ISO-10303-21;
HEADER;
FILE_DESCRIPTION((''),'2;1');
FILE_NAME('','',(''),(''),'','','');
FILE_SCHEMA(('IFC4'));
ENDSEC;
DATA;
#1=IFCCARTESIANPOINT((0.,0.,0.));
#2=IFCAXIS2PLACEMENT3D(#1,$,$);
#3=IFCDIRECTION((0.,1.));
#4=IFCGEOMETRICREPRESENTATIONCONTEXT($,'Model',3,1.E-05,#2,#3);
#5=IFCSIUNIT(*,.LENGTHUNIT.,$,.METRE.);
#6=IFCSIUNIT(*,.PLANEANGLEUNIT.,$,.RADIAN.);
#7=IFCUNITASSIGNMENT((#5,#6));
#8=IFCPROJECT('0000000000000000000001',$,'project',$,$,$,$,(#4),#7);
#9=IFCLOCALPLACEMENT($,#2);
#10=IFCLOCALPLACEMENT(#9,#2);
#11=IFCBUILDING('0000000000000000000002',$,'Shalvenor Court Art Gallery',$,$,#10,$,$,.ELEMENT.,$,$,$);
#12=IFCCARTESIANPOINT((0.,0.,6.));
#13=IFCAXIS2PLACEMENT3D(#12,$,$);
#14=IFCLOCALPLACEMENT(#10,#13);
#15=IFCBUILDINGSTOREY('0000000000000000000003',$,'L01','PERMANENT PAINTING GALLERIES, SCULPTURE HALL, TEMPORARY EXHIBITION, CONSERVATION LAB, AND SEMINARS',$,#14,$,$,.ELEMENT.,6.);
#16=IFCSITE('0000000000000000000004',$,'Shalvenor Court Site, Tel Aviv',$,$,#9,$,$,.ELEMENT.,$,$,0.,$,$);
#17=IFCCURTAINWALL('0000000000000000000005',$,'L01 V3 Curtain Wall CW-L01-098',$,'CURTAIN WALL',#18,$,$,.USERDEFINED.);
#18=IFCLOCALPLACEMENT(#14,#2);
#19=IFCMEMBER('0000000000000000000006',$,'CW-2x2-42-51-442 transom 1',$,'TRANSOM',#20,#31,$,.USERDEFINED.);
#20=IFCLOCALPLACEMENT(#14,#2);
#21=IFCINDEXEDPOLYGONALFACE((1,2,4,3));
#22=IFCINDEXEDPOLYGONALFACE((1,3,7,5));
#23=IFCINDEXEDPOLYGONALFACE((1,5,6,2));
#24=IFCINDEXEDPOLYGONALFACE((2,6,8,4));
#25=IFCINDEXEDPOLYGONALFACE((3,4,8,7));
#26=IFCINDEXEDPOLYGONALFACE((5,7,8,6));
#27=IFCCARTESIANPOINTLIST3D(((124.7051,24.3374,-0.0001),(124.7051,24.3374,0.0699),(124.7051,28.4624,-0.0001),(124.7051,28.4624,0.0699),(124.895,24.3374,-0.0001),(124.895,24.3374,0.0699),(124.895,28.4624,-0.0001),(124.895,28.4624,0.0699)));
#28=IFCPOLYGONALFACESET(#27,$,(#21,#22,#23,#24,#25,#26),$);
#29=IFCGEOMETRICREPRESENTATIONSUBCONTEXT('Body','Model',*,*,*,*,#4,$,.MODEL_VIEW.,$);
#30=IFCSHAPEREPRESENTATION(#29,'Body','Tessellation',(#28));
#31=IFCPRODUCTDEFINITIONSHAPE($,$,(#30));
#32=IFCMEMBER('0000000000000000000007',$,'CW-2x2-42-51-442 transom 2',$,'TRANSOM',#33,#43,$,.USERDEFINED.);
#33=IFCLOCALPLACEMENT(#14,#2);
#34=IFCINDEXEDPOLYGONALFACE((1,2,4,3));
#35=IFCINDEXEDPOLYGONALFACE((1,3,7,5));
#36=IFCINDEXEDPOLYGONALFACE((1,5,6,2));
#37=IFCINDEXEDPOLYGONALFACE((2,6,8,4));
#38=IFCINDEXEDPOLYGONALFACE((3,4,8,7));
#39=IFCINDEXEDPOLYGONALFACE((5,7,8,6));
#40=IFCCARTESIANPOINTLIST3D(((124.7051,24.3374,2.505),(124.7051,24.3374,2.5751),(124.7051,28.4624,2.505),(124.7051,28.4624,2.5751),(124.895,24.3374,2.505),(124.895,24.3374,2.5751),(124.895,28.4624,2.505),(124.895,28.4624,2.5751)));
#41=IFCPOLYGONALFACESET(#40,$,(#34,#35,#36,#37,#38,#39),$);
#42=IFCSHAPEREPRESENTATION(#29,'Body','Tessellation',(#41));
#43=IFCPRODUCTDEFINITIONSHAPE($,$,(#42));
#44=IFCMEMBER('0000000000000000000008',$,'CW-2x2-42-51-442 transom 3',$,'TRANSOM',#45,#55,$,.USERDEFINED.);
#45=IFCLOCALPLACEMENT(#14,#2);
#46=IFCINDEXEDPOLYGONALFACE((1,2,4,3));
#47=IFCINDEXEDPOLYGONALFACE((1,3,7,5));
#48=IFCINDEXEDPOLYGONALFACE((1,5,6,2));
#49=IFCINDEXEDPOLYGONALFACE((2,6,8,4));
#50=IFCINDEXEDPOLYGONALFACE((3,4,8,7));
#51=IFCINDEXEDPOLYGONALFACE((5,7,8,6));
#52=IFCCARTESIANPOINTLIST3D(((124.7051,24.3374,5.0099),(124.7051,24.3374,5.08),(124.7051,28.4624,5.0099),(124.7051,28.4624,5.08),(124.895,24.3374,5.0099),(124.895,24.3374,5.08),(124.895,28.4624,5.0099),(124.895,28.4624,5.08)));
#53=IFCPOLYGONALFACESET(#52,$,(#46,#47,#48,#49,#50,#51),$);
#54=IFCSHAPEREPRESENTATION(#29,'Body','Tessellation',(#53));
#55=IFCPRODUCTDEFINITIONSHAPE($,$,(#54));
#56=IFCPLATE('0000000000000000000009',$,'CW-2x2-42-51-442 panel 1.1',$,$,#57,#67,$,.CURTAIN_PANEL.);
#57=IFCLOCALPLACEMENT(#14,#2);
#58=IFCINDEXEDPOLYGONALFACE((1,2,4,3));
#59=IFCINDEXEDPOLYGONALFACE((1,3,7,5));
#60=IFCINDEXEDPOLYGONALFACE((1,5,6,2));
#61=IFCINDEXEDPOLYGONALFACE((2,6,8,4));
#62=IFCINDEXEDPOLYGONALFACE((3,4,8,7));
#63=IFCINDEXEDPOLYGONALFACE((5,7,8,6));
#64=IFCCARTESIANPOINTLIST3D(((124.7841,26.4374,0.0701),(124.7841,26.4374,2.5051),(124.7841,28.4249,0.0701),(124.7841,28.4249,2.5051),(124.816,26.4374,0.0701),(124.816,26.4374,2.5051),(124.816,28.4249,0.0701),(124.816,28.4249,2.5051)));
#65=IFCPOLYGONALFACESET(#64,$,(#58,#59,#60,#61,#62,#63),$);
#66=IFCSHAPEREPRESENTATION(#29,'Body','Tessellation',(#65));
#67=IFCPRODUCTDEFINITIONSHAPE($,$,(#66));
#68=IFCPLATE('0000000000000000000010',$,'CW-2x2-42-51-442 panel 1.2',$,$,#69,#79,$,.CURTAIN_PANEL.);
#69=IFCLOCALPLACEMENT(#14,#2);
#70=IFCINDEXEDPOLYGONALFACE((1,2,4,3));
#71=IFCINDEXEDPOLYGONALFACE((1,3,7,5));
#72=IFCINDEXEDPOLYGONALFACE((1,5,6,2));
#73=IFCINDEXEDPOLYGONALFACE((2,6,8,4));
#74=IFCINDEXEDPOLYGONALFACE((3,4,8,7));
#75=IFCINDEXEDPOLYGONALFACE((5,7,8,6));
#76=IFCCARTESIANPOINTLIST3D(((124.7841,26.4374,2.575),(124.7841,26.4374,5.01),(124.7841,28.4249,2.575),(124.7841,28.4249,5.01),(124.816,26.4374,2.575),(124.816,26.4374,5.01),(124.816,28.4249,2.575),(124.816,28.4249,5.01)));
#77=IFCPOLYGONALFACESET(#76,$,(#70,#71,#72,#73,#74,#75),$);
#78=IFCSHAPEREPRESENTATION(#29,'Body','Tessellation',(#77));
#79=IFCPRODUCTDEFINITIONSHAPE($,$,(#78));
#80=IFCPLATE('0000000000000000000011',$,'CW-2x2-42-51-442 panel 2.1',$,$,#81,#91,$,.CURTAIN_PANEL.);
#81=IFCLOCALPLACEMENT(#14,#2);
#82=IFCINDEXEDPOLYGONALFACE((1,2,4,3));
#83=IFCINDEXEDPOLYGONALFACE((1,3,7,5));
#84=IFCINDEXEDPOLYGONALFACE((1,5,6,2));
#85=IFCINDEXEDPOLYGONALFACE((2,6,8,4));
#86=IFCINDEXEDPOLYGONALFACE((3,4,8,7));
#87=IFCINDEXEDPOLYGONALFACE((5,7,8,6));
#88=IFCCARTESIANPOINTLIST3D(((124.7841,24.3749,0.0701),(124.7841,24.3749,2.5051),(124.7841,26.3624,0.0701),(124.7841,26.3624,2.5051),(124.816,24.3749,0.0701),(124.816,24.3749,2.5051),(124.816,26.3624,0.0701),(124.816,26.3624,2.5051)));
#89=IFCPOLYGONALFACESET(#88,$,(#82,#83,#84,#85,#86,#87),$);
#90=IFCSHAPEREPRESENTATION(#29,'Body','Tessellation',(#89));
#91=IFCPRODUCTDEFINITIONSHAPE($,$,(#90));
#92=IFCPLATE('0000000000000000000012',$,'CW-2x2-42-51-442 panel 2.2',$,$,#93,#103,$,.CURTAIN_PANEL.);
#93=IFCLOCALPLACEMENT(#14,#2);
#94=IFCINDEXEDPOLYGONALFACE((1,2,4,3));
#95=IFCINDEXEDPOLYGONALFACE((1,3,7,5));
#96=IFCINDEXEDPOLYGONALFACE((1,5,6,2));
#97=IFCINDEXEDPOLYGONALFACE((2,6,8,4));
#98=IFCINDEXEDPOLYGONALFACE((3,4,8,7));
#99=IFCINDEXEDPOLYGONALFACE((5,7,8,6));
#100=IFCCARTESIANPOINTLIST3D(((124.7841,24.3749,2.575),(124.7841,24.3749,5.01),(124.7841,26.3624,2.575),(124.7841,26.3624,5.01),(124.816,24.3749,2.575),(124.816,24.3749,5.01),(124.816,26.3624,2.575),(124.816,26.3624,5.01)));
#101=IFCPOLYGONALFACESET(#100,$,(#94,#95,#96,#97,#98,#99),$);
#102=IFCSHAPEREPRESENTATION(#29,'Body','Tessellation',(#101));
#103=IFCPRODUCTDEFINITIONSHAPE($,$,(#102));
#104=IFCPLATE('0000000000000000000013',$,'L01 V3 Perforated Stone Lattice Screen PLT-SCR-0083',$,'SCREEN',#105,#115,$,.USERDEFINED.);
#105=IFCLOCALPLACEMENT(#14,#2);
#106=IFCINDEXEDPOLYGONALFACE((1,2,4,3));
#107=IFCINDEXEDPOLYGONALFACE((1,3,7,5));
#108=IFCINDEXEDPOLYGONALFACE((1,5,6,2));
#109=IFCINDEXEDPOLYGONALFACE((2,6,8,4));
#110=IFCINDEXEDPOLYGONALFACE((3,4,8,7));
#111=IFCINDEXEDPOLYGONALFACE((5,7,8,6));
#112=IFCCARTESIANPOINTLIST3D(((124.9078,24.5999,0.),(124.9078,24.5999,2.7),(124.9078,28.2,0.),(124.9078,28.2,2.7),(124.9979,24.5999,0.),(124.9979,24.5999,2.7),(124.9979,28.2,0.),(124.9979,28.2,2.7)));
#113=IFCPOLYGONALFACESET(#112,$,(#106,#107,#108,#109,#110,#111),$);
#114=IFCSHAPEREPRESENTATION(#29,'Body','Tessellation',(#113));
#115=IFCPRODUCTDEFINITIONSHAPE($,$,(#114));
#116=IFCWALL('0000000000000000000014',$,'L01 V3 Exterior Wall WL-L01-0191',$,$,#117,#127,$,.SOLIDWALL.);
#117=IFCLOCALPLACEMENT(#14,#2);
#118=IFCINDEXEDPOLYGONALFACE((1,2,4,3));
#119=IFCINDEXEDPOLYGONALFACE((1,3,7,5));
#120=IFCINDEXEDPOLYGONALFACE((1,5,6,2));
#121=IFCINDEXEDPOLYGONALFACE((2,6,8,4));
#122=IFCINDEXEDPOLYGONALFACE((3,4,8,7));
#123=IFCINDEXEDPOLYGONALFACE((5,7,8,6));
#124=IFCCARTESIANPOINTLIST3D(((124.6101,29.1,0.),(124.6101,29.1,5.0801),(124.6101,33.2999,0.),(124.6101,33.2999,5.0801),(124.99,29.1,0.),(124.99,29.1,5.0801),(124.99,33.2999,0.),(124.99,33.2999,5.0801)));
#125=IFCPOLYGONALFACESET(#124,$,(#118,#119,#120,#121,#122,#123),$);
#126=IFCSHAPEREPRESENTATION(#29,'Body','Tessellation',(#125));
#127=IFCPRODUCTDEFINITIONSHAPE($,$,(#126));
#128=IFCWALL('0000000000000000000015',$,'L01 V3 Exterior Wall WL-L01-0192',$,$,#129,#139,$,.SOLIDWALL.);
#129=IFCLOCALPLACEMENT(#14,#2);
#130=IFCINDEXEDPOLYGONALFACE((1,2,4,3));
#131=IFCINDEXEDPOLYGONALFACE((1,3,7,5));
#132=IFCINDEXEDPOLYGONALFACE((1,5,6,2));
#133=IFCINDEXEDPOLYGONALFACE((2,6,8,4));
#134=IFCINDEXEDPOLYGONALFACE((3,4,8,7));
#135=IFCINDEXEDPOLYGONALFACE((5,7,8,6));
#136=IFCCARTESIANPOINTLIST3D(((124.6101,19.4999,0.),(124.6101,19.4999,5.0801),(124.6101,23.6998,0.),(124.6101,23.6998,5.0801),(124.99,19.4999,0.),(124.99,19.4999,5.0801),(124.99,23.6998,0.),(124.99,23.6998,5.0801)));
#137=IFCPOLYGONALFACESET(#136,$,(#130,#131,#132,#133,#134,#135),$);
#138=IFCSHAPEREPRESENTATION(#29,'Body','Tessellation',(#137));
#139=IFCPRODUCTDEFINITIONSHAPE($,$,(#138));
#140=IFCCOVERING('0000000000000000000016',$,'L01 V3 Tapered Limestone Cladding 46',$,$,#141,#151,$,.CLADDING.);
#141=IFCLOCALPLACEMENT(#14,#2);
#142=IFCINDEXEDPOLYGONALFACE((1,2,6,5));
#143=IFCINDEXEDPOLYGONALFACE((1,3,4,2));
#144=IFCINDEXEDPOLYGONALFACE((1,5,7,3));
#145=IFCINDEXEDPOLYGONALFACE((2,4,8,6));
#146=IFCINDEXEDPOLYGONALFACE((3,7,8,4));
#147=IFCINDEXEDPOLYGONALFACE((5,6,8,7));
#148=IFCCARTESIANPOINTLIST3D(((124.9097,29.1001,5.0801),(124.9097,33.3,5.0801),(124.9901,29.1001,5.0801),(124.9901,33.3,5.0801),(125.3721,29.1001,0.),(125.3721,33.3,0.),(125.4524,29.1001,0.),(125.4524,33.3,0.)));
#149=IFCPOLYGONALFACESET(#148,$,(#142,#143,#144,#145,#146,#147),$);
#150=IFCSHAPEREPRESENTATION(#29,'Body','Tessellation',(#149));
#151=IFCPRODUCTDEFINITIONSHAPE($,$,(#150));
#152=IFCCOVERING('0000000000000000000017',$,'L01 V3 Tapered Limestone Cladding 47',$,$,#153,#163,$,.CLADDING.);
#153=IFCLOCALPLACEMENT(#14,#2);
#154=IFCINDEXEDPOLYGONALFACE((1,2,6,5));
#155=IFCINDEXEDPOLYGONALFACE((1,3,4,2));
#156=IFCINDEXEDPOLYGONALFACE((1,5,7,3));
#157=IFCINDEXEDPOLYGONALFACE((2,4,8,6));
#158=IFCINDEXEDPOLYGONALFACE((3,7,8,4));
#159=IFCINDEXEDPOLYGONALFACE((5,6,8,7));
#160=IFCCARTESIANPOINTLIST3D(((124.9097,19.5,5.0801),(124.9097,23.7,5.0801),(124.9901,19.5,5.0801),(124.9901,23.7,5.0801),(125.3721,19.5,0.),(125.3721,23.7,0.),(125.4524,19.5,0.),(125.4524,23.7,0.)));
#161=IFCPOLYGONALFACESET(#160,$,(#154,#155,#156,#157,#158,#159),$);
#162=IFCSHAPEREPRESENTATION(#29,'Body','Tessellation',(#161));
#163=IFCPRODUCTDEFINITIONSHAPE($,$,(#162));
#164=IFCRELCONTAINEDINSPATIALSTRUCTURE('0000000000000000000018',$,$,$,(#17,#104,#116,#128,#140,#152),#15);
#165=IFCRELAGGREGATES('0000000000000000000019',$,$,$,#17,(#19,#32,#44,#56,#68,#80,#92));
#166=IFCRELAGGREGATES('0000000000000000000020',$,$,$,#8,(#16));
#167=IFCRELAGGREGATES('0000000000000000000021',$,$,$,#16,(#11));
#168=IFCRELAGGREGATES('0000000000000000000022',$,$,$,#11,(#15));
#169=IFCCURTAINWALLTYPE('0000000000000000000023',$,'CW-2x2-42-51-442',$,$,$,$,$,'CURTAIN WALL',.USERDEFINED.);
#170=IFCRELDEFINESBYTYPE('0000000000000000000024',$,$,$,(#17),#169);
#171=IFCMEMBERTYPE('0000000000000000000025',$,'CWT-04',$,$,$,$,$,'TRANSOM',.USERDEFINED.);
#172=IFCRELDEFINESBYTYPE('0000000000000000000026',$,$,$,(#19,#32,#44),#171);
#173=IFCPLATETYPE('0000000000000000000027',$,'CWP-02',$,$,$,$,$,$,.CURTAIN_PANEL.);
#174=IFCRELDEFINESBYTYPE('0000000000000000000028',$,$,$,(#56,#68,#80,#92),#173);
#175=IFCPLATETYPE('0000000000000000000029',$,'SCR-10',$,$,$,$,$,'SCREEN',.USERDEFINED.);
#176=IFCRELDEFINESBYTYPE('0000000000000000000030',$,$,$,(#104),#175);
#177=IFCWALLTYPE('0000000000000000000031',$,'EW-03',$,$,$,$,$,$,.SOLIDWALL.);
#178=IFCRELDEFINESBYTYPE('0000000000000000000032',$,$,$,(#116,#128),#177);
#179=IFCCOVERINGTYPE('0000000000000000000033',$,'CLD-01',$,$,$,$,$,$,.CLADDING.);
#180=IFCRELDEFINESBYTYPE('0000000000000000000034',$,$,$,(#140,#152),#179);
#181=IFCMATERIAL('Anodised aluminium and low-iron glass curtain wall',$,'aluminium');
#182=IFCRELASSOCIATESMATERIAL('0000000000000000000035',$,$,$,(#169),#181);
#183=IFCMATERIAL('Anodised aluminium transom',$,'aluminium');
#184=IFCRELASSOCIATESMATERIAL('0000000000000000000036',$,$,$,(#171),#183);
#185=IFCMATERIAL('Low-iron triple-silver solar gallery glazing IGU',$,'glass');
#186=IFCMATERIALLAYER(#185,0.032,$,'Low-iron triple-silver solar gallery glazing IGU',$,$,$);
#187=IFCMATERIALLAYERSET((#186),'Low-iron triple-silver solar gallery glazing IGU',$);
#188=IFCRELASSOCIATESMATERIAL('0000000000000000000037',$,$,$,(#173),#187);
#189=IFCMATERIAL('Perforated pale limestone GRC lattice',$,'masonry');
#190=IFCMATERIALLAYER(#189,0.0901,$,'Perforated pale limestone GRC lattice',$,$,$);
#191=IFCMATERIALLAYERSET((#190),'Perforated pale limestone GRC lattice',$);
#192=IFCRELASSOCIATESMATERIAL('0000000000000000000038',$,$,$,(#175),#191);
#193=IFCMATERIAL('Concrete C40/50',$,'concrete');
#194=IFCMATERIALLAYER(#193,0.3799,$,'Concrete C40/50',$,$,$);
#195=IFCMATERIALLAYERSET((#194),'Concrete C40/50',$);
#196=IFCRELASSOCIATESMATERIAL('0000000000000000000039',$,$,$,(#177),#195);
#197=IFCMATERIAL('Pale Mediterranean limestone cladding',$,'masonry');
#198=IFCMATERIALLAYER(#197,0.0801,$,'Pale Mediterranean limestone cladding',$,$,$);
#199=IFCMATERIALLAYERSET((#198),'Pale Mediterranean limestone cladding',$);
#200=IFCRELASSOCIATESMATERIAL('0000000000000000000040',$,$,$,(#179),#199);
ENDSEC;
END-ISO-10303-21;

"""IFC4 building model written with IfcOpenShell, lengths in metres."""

from ifc_helpers import new_model, si_unit, direction, frame, frame_2d, origin, origin_2d, place, context, subcontext, project, spatial, polyline, rectangle, outline, extrude, material, layer, layer_set, material_profile, profile_set, type_object, element, aggregate, save


model = new_model("IFC4")

# Units and contexts
model_context = context("Model", 3, precision=1e-05, world=origin(), true_north=direction((0.0, 1.0)))
body_context = subcontext(model_context, "Body", "Model", "MODEL_VIEW")
ifc_project = project(units=[si_unit("LENGTHUNIT", "METRE"), si_unit("PLANEANGLEUNIT", "RADIAN")], contexts=[model_context])

# Site, building, storey
site_placement = place(None, origin())
site = spatial("IfcSite", under=ifc_project, at=site_placement, Name="Shalvenor Court Site, Tel Aviv", CompositionType="ELEMENT", RefElevation=0.0)
building_placement = place(site_placement, origin())
building = spatial("IfcBuilding", under=site, at=building_placement, Name="Shalvenor Court Art Gallery", CompositionType="ELEMENT")
storey_placement = place(building_placement, frame((0.0, 0.0, 6.0)))
storey = spatial("IfcBuildingStorey", under=building, at=storey_placement, Name="L01", Description="PERMANENT PAINTING GALLERIES, SCULPTURE HALL, TEMPORARY EXHIBITION, CONSERVATION LAB, AND SEMINARS", CompositionType="ELEMENT", Elevation=6.0)

# Curtain wall
ifc_material_1 = material(Name="Anodised aluminium and low-iron glass curtain wall", Category="aluminium")
curtain_wall_type_1 = type_object("IfcCurtainWallType", Name="CW-2x2-42-51-442", ElementType="CURTAIN WALL", PredefinedType="USERDEFINED", material=ifc_material_1)
curtain_wall_1_placement = place(storey_placement, origin())
curtain_wall_1 = element("IfcCurtainWall", 1, at=curtain_wall_1_placement, inside=storey, type_object=curtain_wall_type_1, Name="L01 V3 Curtain Wall CW-L01-098", ObjectType="CURTAIN WALL", PredefinedType="USERDEFINED")

# Members
ifc_material_2 = material(Name="Anodised aluminium transom", Category="aluminium")
ifc_material_profile_1 = material_profile(ifc_material_2, rectangle(XDim=0.1899, YDim=0.0701, at=origin_2d()), Name="CWT-04")
ifc_profile_set_1 = profile_set([ifc_material_profile_1], Name="Anodised aluminium transom")
member_type_1 = type_object("IfcMemberType", Name="CWT-04", ElementType="TRANSOM", PredefinedType="USERDEFINED", material=ifc_profile_set_1)
member_1_placement = place(storey_placement, frame((124.8, 28.4624, 0.0349), z_axis=(0.0, -1.0, 0.0), x_axis=(1.0, 0.0, 0.0)))
member_1 = element("IfcMember", 2, at=member_1_placement, type_object=member_type_1, Name="CW-2x2-42-51-442 transom 1", ObjectType="TRANSOM", PredefinedType="USERDEFINED", context=body_context, shape_type="SweptSolid", body=[
    extrude(rectangle(XDim=0.1899, YDim=0.0701, at=origin_2d()), origin(), (0.0, 0.0, 1.0), 4.125),
])
member_2_placement = place(storey_placement, frame((124.8, 28.4624, 2.54), z_axis=(0.0, -1.0, 0.0), x_axis=(1.0, 0.0, 0.0)))
member_2 = element("IfcMember", 3, at=member_2_placement, type_object=member_type_1, Name="CW-2x2-42-51-442 transom 2", ObjectType="TRANSOM", PredefinedType="USERDEFINED", context=body_context, shape_type="SweptSolid", body=[
    extrude(rectangle(XDim=0.1899, YDim=0.0701, at=origin_2d()), origin(), (0.0, 0.0, 1.0), 4.125),
])
member_3_placement = place(storey_placement, frame((124.8, 28.4624, 5.0449), z_axis=(0.0, -1.0, 0.0), x_axis=(1.0, 0.0, 0.0)))
member_3 = element("IfcMember", 4, at=member_3_placement, type_object=member_type_1, Name="CW-2x2-42-51-442 transom 3", ObjectType="TRANSOM", PredefinedType="USERDEFINED", context=body_context, shape_type="SweptSolid", body=[
    extrude(rectangle(XDim=0.1899, YDim=0.0701, at=origin_2d()), origin(), (0.0, 0.0, 1.0), 4.125),
])

# Plates
ifc_material_3 = material(Name="Low-iron triple-silver solar gallery glazing IGU", Category="glass")
ifc_layer_1 = layer(ifc_material_3, 0.032, Name="Low-iron triple-silver solar gallery glazing IGU")
ifc_layer_set_1 = layer_set([ifc_layer_1], Name="Low-iron triple-silver solar gallery glazing IGU")
plate_type_1 = type_object("IfcPlateType", Name="CWP-02", PredefinedType="CURTAIN_PANEL", material=ifc_layer_set_1)
plate_1_placement = place(storey_placement, frame((124.8, 27.4312, 0.0701), z_axis=(0.0, 0.0, 1.0), x_axis=(0.0, -1.0, 0.0)))
plate_1 = element("IfcPlate", 5, at=plate_1_placement, type_object=plate_type_1, Name="CW-2x2-42-51-442 panel 1.1", PredefinedType="CURTAIN_PANEL", context=body_context, shape_type="SweptSolid", body=[
    extrude(rectangle(XDim=1.9875, YDim=0.032, at=origin_2d()), origin(), (0.0, 0.0, 1.0), 2.4351),
])
plate_2_placement = place(storey_placement, frame((124.8, 27.4312, 2.575), z_axis=(0.0, 0.0, 1.0), x_axis=(0.0, -1.0, 0.0)))
plate_2 = element("IfcPlate", 6, at=plate_2_placement, type_object=plate_type_1, Name="CW-2x2-42-51-442 panel 1.2", PredefinedType="CURTAIN_PANEL", context=body_context, shape_type="SweptSolid", body=[
    extrude(rectangle(XDim=1.9875, YDim=0.032, at=origin_2d()), origin(), (0.0, 0.0, 1.0), 2.4351),
])
plate_3_placement = place(storey_placement, frame((124.8, 25.3687, 0.0701), z_axis=(0.0, 0.0, 1.0), x_axis=(0.0, -1.0, 0.0)))
plate_3 = element("IfcPlate", 7, at=plate_3_placement, type_object=plate_type_1, Name="CW-2x2-42-51-442 panel 2.1", PredefinedType="CURTAIN_PANEL", context=body_context, shape_type="SweptSolid", body=[
    extrude(rectangle(XDim=1.9875, YDim=0.032, at=origin_2d()), origin(), (0.0, 0.0, 1.0), 2.4351),
])
plate_4_placement = place(storey_placement, frame((124.8, 25.3687, 2.575), z_axis=(0.0, 0.0, 1.0), x_axis=(0.0, -1.0, 0.0)))
plate_4 = element("IfcPlate", 8, at=plate_4_placement, type_object=plate_type_1, Name="CW-2x2-42-51-442 panel 2.2", PredefinedType="CURTAIN_PANEL", context=body_context, shape_type="SweptSolid", body=[
    extrude(rectangle(XDim=1.9875, YDim=0.032, at=origin_2d()), origin(), (0.0, 0.0, 1.0), 2.4351),
])
aggregate(curtain_wall_1, [member_1, member_2, member_3, plate_1, plate_2, plate_3, plate_4])
ifc_material_4 = material(Name="Perforated pale limestone GRC lattice", Category="masonry")
ifc_layer_2 = layer(ifc_material_4, 0.0901, Name="Perforated pale limestone GRC lattice")
ifc_layer_set_2 = layer_set([ifc_layer_2], Name="Perforated pale limestone GRC lattice")
plate_type_2 = type_object("IfcPlateType", Name="SCR-10", ElementType="SCREEN", PredefinedType="USERDEFINED", material=ifc_layer_set_2)
plate_5_placement = place(storey_placement, frame((124.9529, 26.3999, 0.0), z_axis=(0.0, 0.0, 1.0), x_axis=(0.0, -1.0, 0.0)))
element("IfcPlate", 9, at=plate_5_placement, inside=storey, type_object=plate_type_2, Name="L01 V3 Perforated Stone Lattice Screen PLT-SCR-0083", ObjectType="SCREEN", PredefinedType="USERDEFINED", context=body_context, shape_type="SweptSolid", body=[
    extrude(rectangle(XDim=3.6001, YDim=0.0901, at=origin_2d()), origin(), (0.0, 0.0, 1.0), 2.7),
])

# Walls
ifc_material_5 = material(Name="Concrete C40/50", Category="concrete")
ifc_layer_3 = layer(ifc_material_5, 0.3799, Name="Concrete C40/50")
ifc_layer_set_3 = layer_set([ifc_layer_3], Name="Concrete C40/50")
wall_type = type_object("IfcWallType", Name="EW-03", PredefinedType="SOLIDWALL", material=ifc_layer_set_3)
for number, where, z_axis, x_axis, name in (
    (10, (124.8, 33.3, 0.0), (0.0, 0.0, 1.0), (0.0, -1.0, 0.0), "L01 V3 Exterior Wall WL-L01-0191"),
    (11, (124.8, 23.7, 0.0), (0.0, 0.0, 1.0), (0.0, -1.0, 0.0), "L01 V3 Exterior Wall WL-L01-0192"),
):
    element("IfcWall", number, at=place(storey_placement, frame(where, z_axis=z_axis, x_axis=x_axis)), inside=storey, type_object=wall_type, Name=name, PredefinedType="SOLIDWALL", context=body_context, shape_type="SweptSolid", body=[
        extrude(rectangle(XDim=4.2, YDim=0.3799, at=frame_2d((2.1001, 0.0))), origin(), (0.0, 0.0, 1.0), 5.0801),
    ])

# Coverings
ifc_material_6 = material(Name="Pale Mediterranean limestone cladding", Category="masonry")
ifc_layer_4 = layer(ifc_material_6, 0.0801, Name="Pale Mediterranean limestone cladding")
ifc_layer_set_4 = layer_set([ifc_layer_4], Name="Pale Mediterranean limestone cladding")
covering_type = type_object("IfcCoveringType", Name="CLD-01", PredefinedType="CLADDING", material=ifc_layer_set_4)
for number, where, z_axis, x_axis, name in (
    (12, (125.4524, 29.1001, 0.0), (0.0, 0.0, 1.0), (0.0, 1.0, 0.0), "L01 V3 Tapered Limestone Cladding 46"),
    (13, (125.4524, 19.5, 0.0), (0.0, 0.0, 1.0), (0.0, 1.0, 0.0), "L01 V3 Tapered Limestone Cladding 47"),
):
    element("IfcCovering", number, at=place(storey_placement, frame(where, z_axis=z_axis, x_axis=x_axis)), inside=storey, type_object=covering_type, Name=name, PredefinedType="CLADDING", context=body_context, shape_type="SweptSolid", body=[
        extrude(outline(polyline([(0.0, 0.0), (4.2, 0.0), (4.2, 5.1011), (0.0, 5.1011), (0.0, 0.0)])), frame((0.0, 0.0, 0.0), z_axis=(0.0, -0.995884, 0.090633), x_axis=(1.0, 0.0, 0.0)), (0.0, 0.090633, -0.995884), 0.0803),
    ])

save(model, "model.ifc")
